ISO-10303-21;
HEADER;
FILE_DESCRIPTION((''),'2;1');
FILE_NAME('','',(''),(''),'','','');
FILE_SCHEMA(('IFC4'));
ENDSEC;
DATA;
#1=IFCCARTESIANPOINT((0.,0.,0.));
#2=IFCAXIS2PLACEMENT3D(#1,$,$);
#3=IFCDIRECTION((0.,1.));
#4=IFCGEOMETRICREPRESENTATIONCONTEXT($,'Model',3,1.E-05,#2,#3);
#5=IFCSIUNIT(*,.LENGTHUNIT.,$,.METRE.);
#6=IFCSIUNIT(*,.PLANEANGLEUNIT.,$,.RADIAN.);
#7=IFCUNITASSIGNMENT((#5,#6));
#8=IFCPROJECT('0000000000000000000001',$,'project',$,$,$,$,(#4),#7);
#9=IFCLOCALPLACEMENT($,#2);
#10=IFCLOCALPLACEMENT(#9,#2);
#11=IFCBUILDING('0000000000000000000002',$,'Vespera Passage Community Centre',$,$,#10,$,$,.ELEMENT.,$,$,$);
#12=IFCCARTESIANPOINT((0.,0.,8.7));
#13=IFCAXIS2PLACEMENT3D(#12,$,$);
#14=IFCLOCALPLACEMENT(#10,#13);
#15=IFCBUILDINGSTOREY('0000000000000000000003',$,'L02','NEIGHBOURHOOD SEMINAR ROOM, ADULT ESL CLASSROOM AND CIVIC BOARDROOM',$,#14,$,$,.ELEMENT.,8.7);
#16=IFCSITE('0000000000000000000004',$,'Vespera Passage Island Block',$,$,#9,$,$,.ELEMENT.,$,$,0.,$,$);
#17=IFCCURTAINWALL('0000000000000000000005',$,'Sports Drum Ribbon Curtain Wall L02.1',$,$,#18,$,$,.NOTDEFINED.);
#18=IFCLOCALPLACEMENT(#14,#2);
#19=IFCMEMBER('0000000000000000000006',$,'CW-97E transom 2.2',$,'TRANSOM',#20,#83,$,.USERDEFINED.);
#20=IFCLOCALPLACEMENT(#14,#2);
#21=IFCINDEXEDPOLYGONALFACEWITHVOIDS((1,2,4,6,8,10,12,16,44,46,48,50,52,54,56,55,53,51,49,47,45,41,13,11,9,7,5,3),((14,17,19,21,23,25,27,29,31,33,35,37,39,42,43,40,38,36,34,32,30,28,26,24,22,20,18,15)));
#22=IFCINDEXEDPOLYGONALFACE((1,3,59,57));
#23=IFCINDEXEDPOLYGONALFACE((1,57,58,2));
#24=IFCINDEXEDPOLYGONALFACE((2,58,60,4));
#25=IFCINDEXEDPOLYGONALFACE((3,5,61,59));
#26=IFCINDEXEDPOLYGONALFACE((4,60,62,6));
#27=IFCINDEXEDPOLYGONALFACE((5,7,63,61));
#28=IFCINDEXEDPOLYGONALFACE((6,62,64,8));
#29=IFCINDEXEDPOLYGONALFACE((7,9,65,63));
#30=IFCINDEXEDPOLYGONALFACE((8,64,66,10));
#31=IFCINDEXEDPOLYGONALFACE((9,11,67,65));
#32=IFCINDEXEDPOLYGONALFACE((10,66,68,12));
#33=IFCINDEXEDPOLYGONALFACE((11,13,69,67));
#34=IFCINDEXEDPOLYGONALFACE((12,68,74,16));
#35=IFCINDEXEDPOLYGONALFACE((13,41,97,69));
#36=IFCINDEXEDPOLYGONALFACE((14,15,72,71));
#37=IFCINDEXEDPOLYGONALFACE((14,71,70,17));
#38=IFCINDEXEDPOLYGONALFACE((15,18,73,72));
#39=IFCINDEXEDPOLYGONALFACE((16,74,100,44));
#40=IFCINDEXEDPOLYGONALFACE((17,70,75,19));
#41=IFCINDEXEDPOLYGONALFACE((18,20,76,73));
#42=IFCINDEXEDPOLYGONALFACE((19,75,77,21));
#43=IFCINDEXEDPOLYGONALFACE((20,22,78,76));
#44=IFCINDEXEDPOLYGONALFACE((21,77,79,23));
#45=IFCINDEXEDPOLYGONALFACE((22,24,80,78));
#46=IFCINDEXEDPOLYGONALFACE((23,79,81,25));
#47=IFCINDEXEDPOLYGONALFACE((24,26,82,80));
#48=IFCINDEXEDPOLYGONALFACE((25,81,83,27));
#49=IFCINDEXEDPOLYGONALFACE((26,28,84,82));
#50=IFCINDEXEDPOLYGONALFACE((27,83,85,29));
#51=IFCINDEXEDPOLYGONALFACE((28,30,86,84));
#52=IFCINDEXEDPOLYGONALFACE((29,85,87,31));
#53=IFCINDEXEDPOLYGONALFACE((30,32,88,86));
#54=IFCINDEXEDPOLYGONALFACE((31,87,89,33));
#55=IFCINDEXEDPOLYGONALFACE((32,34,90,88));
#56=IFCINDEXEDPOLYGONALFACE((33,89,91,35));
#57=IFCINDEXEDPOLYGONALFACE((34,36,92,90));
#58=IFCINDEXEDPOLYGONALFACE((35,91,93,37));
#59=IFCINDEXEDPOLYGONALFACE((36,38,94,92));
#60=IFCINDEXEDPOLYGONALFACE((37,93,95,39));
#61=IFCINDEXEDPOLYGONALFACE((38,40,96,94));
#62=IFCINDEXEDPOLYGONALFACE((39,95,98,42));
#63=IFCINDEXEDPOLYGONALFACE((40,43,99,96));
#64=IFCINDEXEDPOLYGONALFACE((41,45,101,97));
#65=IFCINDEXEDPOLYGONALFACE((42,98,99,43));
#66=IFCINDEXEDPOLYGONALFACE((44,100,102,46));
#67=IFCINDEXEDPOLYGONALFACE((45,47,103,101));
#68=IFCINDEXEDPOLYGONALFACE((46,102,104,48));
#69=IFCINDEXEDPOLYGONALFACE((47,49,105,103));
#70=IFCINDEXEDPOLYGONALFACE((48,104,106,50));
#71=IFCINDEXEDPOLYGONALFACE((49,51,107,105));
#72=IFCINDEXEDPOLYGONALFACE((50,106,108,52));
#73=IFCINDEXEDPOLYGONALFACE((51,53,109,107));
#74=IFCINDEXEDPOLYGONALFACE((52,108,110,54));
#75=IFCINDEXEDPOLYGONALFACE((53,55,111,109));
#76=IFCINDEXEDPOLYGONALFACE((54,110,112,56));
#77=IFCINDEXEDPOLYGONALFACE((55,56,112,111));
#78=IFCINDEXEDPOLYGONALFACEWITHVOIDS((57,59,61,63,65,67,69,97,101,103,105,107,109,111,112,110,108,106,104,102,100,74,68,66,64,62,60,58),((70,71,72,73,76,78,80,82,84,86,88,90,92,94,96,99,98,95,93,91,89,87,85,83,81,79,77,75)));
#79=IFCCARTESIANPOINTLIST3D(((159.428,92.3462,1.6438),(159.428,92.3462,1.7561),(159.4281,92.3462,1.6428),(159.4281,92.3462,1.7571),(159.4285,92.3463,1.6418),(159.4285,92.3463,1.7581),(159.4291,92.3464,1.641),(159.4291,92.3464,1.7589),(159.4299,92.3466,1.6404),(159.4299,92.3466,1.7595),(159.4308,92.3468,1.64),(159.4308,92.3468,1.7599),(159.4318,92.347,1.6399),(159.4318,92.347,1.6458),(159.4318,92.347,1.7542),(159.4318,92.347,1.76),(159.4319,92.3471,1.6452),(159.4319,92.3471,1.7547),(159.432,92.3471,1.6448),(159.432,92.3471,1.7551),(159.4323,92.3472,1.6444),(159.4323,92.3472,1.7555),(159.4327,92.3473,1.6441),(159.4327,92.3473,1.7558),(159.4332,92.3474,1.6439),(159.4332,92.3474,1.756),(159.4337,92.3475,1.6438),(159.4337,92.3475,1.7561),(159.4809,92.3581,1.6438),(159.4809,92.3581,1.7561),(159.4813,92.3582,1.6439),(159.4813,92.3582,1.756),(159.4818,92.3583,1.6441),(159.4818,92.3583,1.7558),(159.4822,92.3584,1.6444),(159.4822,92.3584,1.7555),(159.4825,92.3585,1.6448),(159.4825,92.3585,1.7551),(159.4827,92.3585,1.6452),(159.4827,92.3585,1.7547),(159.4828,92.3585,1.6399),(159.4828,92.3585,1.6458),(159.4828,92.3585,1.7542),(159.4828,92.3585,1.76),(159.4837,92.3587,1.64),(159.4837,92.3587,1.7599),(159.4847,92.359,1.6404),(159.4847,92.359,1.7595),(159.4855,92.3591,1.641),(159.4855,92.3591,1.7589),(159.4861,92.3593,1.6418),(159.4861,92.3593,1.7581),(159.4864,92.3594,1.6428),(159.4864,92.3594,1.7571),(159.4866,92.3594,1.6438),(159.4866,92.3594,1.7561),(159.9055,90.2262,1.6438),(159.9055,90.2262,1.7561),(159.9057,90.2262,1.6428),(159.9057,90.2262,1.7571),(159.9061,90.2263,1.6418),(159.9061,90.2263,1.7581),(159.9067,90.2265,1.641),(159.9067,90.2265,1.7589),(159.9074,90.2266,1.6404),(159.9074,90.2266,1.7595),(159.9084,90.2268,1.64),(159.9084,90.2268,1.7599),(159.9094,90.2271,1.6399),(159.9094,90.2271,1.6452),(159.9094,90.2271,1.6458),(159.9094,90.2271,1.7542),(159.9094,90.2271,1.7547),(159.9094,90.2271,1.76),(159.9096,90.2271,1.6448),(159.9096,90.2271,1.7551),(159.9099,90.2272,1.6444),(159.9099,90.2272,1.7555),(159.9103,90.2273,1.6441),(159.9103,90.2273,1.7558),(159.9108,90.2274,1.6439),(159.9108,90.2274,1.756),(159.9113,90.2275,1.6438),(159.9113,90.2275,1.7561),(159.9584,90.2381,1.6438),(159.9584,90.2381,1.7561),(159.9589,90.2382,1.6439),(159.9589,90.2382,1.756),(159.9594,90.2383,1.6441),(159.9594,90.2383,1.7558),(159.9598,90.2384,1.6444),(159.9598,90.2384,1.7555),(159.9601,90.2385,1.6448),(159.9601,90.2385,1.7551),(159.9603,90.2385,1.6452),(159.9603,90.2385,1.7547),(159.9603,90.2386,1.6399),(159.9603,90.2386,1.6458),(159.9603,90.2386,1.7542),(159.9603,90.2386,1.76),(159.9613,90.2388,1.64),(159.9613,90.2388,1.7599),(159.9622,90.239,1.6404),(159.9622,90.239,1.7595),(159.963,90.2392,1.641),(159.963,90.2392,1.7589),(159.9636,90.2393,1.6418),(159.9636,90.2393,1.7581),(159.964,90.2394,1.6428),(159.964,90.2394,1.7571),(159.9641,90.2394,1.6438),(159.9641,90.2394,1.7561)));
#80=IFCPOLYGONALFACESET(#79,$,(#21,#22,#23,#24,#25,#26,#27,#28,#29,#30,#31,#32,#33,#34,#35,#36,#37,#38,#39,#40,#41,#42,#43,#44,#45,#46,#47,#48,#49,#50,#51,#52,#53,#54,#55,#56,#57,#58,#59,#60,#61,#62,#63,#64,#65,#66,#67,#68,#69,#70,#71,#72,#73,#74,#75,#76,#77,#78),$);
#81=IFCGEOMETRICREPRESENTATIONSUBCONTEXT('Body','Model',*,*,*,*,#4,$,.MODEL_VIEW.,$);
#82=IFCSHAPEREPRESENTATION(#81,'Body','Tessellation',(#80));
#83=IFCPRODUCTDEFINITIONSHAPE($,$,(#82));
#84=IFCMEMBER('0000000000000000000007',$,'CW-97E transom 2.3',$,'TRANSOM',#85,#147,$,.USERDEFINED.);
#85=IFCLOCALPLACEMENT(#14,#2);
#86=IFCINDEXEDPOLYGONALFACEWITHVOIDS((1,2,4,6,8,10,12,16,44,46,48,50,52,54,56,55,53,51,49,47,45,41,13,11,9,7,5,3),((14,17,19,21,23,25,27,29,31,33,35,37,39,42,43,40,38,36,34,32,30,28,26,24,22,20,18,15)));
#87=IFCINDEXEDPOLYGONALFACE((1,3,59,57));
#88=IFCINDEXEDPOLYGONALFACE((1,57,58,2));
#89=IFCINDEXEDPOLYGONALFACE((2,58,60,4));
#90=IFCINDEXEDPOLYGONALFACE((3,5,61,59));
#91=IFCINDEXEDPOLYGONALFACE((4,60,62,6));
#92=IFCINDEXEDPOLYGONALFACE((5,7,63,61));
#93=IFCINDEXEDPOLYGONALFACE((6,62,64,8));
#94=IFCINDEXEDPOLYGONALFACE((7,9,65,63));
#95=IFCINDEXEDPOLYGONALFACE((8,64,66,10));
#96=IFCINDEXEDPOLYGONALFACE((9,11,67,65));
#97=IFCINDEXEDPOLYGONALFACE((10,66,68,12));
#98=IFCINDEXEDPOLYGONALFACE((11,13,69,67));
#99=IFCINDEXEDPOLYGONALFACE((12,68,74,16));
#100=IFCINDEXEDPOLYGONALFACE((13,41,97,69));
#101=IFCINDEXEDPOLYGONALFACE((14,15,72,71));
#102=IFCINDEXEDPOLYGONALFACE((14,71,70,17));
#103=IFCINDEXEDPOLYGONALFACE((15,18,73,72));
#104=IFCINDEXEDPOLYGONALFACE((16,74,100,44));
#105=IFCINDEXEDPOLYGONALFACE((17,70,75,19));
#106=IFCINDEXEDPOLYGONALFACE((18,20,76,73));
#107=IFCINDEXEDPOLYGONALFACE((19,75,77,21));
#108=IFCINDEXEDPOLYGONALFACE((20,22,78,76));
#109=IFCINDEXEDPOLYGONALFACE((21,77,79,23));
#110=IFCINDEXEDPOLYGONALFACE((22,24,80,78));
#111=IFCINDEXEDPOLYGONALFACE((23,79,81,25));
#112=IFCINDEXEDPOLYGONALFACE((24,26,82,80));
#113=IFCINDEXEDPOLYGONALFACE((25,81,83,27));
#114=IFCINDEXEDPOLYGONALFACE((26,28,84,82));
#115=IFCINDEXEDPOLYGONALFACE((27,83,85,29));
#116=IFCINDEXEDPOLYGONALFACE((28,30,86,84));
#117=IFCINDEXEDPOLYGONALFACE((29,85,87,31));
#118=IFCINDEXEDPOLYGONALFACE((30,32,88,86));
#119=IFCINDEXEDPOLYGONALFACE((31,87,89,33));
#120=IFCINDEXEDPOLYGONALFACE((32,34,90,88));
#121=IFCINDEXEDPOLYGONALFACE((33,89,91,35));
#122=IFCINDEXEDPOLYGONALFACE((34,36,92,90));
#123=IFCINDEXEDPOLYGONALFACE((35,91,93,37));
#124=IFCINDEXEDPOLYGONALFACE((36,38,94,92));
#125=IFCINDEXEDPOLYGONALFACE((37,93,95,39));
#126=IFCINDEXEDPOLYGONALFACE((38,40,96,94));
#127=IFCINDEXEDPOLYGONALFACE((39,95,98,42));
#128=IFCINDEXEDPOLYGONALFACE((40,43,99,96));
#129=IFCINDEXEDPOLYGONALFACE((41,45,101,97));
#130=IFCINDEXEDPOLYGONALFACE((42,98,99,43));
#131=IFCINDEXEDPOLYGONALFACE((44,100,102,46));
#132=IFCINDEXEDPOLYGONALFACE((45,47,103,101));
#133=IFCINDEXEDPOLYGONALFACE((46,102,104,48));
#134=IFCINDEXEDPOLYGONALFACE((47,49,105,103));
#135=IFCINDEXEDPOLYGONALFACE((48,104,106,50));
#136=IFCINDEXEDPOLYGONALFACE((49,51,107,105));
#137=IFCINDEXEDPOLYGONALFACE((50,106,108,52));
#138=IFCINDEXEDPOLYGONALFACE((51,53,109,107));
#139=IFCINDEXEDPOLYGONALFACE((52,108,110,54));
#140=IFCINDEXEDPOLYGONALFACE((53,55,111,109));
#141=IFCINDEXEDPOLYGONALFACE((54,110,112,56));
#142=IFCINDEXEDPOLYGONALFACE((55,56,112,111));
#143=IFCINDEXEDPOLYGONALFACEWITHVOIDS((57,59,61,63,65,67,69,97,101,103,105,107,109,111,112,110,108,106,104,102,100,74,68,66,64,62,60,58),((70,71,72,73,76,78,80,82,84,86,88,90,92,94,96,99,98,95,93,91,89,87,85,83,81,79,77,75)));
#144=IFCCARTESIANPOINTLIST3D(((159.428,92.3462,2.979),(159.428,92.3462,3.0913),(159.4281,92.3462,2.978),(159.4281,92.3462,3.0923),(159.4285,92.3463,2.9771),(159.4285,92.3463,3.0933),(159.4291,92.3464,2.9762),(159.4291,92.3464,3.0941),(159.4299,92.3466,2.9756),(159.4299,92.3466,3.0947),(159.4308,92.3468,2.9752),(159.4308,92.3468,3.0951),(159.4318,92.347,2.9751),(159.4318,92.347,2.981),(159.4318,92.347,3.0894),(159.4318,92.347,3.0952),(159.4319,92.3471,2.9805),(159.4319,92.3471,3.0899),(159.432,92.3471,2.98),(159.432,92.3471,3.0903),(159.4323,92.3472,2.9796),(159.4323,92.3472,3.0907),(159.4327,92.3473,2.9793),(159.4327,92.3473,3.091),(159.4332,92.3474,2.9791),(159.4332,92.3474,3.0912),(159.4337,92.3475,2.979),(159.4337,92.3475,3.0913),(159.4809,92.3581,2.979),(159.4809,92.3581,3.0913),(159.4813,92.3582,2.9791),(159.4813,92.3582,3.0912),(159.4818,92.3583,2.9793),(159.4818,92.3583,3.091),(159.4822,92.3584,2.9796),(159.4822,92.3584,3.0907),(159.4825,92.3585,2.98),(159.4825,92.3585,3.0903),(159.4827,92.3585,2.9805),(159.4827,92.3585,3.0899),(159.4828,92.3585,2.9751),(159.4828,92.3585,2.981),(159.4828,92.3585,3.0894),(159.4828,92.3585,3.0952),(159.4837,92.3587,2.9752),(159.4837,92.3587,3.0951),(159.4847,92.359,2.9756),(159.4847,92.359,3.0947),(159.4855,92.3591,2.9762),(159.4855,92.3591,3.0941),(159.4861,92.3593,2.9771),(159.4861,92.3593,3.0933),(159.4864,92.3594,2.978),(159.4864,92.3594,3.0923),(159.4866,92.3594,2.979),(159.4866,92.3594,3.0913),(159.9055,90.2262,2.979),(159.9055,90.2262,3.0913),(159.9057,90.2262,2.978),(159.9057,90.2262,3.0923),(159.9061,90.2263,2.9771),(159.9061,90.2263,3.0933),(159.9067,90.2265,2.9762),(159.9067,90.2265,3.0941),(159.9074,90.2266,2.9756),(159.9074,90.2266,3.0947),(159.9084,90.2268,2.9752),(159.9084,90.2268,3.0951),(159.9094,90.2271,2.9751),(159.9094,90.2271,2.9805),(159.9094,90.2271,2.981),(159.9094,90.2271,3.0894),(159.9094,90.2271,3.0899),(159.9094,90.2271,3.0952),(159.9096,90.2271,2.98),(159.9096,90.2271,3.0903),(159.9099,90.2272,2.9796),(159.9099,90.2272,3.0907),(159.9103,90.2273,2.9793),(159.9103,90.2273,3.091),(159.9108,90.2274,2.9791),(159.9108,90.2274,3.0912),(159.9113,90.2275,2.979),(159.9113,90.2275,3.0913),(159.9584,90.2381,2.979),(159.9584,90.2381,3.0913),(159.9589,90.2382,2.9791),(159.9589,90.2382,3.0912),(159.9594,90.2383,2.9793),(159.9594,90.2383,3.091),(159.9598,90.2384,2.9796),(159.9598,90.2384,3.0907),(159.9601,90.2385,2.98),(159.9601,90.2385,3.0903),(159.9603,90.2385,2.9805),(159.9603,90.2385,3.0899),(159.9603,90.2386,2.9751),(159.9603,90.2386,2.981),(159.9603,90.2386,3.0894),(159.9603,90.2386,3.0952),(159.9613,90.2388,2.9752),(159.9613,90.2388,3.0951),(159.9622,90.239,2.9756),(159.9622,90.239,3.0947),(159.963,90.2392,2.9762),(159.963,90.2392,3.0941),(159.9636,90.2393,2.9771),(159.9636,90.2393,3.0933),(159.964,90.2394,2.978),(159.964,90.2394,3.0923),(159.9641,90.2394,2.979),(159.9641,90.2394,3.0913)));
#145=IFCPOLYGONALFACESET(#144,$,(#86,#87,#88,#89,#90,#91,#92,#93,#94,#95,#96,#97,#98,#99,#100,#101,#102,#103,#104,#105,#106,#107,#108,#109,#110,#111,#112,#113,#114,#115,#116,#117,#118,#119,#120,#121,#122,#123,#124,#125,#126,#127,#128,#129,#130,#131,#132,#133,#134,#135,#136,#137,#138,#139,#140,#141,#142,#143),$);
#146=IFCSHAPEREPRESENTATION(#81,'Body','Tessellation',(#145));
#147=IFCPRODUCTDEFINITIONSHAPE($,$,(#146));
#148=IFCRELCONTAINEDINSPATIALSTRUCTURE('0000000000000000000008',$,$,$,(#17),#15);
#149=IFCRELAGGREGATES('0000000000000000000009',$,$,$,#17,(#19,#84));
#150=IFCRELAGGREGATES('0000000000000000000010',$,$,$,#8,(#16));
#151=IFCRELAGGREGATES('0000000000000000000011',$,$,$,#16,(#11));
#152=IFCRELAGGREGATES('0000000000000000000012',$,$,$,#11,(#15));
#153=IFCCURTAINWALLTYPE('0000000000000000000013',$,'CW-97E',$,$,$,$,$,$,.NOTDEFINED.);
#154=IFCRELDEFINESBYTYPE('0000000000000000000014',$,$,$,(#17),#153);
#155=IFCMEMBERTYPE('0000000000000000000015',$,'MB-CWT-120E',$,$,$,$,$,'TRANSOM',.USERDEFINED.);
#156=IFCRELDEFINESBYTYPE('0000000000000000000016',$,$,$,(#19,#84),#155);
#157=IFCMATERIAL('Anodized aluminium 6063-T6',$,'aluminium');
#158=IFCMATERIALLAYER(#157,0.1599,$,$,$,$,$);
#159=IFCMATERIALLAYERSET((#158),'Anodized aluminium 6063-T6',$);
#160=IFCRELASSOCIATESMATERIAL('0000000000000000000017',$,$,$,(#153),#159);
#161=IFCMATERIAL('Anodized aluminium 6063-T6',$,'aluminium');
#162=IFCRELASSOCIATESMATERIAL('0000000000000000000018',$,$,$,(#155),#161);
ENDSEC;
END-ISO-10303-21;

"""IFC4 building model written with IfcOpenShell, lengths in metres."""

from ifc_helpers import new_model, si_unit, direction, frame, origin, origin_2d, place, context, subcontext, project, spatial, hollow_rectangle, extrude, material, layer, layer_set, material_profile, profile_set, type_object, element, aggregate, save


model = new_model("IFC4")

# Units and contexts
model_context = context("Model", 3, precision=1e-05, world=origin(), true_north=direction((0.0, 1.0)))
body_context = subcontext(model_context, "Body", "Model", "MODEL_VIEW")
ifc_project = project(units=[si_unit("LENGTHUNIT", "METRE"), si_unit("PLANEANGLEUNIT", "RADIAN")], contexts=[model_context])

# Site, building, storey
site_placement = place(None, origin())
site = spatial("IfcSite", under=ifc_project, at=site_placement, Name="Vespera Passage Island Block", CompositionType="ELEMENT", RefElevation=0.0)
building_placement = place(site_placement, origin())
building = spatial("IfcBuilding", under=site, at=building_placement, Name="Vespera Passage Community Centre", CompositionType="ELEMENT")
storey_placement = place(building_placement, frame((0.0, 0.0, 8.7)))
storey = spatial("IfcBuildingStorey", under=building, at=storey_placement, Name="L02", Description="NEIGHBOURHOOD SEMINAR ROOM, ADULT ESL CLASSROOM AND CIVIC BOARDROOM", CompositionType="ELEMENT", Elevation=8.7)

# Curtain wall
ifc_material_1 = material(Name="Anodized aluminium 6063-T6", Category="aluminium")
ifc_layer_1 = layer(ifc_material_1, 0.1599)
ifc_layer_set_1 = layer_set([ifc_layer_1], Name="Anodized aluminium 6063-T6")
curtain_wall_type_1 = type_object("IfcCurtainWallType", Name="CW-97E", PredefinedType="NOTDEFINED", material=ifc_layer_set_1)
curtain_wall_1_placement = place(storey_placement, origin())
curtain_wall_1 = element("IfcCurtainWall", 1, at=curtain_wall_1_placement, inside=storey, type_object=curtain_wall_type_1, Name="Sports Drum Ribbon Curtain Wall L02.1", PredefinedType="NOTDEFINED")

# Members
ifc_material_2 = material(Name="Anodized aluminium 6063-T6", Category="aluminium")
ifc_material_profile_1 = material_profile(ifc_material_2, hollow_rectangle(XDim=0.0601, YDim=0.1201, WallThickness=0.0039, InnerFilletRadius=0.002, OuterFilletRadius=0.0039, at=origin_2d()), Name="ALU120X60X4")
ifc_profile_set_1 = profile_set([ifc_material_profile_1], Name="Anodized aluminium 6063-T6")
member_type_1 = type_object("IfcMemberType", Name="MB-CWT-120E", ElementType="TRANSOM", PredefinedType="USERDEFINED", material=ifc_profile_set_1)
member_1_placement = place(storey_placement, frame((159.4573, 92.3528, 1.7), z_axis=(0.219761, -0.975554, 0.0), x_axis=(0.975554, 0.219761, 0.0)))
member_1 = element("IfcMember", 2, at=member_1_placement, type_object=member_type_1, Name="CW-97E transom 2.2", ObjectType="TRANSOM", PredefinedType="USERDEFINED", context=body_context, shape_type="SweptSolid", body=[
    extrude(hollow_rectangle(XDim=0.0601, YDim=0.1201, WallThickness=0.0039, InnerFilletRadius=0.002, OuterFilletRadius=0.0039, at=origin_2d()), origin(), (0.0, 0.0, 1.0), 2.1731),
])
member_2_placement = place(storey_placement, frame((159.4573, 92.3528, 3.0352), z_axis=(0.219761, -0.975554, 0.0), x_axis=(0.975554, 0.219761, 0.0)))
member_2 = element("IfcMember", 3, at=member_2_placement, type_object=member_type_1, Name="CW-97E transom 2.3", ObjectType="TRANSOM", PredefinedType="USERDEFINED", context=body_context, shape_type="SweptSolid", body=[
    extrude(hollow_rectangle(XDim=0.0601, YDim=0.1201, WallThickness=0.0039, InnerFilletRadius=0.002, OuterFilletRadius=0.0039, at=origin_2d()), origin(), (0.0, 0.0, 1.0), 2.1731),
])

aggregate(curtain_wall_1, [member_1, member_2])

save(model, "model.ifc")
